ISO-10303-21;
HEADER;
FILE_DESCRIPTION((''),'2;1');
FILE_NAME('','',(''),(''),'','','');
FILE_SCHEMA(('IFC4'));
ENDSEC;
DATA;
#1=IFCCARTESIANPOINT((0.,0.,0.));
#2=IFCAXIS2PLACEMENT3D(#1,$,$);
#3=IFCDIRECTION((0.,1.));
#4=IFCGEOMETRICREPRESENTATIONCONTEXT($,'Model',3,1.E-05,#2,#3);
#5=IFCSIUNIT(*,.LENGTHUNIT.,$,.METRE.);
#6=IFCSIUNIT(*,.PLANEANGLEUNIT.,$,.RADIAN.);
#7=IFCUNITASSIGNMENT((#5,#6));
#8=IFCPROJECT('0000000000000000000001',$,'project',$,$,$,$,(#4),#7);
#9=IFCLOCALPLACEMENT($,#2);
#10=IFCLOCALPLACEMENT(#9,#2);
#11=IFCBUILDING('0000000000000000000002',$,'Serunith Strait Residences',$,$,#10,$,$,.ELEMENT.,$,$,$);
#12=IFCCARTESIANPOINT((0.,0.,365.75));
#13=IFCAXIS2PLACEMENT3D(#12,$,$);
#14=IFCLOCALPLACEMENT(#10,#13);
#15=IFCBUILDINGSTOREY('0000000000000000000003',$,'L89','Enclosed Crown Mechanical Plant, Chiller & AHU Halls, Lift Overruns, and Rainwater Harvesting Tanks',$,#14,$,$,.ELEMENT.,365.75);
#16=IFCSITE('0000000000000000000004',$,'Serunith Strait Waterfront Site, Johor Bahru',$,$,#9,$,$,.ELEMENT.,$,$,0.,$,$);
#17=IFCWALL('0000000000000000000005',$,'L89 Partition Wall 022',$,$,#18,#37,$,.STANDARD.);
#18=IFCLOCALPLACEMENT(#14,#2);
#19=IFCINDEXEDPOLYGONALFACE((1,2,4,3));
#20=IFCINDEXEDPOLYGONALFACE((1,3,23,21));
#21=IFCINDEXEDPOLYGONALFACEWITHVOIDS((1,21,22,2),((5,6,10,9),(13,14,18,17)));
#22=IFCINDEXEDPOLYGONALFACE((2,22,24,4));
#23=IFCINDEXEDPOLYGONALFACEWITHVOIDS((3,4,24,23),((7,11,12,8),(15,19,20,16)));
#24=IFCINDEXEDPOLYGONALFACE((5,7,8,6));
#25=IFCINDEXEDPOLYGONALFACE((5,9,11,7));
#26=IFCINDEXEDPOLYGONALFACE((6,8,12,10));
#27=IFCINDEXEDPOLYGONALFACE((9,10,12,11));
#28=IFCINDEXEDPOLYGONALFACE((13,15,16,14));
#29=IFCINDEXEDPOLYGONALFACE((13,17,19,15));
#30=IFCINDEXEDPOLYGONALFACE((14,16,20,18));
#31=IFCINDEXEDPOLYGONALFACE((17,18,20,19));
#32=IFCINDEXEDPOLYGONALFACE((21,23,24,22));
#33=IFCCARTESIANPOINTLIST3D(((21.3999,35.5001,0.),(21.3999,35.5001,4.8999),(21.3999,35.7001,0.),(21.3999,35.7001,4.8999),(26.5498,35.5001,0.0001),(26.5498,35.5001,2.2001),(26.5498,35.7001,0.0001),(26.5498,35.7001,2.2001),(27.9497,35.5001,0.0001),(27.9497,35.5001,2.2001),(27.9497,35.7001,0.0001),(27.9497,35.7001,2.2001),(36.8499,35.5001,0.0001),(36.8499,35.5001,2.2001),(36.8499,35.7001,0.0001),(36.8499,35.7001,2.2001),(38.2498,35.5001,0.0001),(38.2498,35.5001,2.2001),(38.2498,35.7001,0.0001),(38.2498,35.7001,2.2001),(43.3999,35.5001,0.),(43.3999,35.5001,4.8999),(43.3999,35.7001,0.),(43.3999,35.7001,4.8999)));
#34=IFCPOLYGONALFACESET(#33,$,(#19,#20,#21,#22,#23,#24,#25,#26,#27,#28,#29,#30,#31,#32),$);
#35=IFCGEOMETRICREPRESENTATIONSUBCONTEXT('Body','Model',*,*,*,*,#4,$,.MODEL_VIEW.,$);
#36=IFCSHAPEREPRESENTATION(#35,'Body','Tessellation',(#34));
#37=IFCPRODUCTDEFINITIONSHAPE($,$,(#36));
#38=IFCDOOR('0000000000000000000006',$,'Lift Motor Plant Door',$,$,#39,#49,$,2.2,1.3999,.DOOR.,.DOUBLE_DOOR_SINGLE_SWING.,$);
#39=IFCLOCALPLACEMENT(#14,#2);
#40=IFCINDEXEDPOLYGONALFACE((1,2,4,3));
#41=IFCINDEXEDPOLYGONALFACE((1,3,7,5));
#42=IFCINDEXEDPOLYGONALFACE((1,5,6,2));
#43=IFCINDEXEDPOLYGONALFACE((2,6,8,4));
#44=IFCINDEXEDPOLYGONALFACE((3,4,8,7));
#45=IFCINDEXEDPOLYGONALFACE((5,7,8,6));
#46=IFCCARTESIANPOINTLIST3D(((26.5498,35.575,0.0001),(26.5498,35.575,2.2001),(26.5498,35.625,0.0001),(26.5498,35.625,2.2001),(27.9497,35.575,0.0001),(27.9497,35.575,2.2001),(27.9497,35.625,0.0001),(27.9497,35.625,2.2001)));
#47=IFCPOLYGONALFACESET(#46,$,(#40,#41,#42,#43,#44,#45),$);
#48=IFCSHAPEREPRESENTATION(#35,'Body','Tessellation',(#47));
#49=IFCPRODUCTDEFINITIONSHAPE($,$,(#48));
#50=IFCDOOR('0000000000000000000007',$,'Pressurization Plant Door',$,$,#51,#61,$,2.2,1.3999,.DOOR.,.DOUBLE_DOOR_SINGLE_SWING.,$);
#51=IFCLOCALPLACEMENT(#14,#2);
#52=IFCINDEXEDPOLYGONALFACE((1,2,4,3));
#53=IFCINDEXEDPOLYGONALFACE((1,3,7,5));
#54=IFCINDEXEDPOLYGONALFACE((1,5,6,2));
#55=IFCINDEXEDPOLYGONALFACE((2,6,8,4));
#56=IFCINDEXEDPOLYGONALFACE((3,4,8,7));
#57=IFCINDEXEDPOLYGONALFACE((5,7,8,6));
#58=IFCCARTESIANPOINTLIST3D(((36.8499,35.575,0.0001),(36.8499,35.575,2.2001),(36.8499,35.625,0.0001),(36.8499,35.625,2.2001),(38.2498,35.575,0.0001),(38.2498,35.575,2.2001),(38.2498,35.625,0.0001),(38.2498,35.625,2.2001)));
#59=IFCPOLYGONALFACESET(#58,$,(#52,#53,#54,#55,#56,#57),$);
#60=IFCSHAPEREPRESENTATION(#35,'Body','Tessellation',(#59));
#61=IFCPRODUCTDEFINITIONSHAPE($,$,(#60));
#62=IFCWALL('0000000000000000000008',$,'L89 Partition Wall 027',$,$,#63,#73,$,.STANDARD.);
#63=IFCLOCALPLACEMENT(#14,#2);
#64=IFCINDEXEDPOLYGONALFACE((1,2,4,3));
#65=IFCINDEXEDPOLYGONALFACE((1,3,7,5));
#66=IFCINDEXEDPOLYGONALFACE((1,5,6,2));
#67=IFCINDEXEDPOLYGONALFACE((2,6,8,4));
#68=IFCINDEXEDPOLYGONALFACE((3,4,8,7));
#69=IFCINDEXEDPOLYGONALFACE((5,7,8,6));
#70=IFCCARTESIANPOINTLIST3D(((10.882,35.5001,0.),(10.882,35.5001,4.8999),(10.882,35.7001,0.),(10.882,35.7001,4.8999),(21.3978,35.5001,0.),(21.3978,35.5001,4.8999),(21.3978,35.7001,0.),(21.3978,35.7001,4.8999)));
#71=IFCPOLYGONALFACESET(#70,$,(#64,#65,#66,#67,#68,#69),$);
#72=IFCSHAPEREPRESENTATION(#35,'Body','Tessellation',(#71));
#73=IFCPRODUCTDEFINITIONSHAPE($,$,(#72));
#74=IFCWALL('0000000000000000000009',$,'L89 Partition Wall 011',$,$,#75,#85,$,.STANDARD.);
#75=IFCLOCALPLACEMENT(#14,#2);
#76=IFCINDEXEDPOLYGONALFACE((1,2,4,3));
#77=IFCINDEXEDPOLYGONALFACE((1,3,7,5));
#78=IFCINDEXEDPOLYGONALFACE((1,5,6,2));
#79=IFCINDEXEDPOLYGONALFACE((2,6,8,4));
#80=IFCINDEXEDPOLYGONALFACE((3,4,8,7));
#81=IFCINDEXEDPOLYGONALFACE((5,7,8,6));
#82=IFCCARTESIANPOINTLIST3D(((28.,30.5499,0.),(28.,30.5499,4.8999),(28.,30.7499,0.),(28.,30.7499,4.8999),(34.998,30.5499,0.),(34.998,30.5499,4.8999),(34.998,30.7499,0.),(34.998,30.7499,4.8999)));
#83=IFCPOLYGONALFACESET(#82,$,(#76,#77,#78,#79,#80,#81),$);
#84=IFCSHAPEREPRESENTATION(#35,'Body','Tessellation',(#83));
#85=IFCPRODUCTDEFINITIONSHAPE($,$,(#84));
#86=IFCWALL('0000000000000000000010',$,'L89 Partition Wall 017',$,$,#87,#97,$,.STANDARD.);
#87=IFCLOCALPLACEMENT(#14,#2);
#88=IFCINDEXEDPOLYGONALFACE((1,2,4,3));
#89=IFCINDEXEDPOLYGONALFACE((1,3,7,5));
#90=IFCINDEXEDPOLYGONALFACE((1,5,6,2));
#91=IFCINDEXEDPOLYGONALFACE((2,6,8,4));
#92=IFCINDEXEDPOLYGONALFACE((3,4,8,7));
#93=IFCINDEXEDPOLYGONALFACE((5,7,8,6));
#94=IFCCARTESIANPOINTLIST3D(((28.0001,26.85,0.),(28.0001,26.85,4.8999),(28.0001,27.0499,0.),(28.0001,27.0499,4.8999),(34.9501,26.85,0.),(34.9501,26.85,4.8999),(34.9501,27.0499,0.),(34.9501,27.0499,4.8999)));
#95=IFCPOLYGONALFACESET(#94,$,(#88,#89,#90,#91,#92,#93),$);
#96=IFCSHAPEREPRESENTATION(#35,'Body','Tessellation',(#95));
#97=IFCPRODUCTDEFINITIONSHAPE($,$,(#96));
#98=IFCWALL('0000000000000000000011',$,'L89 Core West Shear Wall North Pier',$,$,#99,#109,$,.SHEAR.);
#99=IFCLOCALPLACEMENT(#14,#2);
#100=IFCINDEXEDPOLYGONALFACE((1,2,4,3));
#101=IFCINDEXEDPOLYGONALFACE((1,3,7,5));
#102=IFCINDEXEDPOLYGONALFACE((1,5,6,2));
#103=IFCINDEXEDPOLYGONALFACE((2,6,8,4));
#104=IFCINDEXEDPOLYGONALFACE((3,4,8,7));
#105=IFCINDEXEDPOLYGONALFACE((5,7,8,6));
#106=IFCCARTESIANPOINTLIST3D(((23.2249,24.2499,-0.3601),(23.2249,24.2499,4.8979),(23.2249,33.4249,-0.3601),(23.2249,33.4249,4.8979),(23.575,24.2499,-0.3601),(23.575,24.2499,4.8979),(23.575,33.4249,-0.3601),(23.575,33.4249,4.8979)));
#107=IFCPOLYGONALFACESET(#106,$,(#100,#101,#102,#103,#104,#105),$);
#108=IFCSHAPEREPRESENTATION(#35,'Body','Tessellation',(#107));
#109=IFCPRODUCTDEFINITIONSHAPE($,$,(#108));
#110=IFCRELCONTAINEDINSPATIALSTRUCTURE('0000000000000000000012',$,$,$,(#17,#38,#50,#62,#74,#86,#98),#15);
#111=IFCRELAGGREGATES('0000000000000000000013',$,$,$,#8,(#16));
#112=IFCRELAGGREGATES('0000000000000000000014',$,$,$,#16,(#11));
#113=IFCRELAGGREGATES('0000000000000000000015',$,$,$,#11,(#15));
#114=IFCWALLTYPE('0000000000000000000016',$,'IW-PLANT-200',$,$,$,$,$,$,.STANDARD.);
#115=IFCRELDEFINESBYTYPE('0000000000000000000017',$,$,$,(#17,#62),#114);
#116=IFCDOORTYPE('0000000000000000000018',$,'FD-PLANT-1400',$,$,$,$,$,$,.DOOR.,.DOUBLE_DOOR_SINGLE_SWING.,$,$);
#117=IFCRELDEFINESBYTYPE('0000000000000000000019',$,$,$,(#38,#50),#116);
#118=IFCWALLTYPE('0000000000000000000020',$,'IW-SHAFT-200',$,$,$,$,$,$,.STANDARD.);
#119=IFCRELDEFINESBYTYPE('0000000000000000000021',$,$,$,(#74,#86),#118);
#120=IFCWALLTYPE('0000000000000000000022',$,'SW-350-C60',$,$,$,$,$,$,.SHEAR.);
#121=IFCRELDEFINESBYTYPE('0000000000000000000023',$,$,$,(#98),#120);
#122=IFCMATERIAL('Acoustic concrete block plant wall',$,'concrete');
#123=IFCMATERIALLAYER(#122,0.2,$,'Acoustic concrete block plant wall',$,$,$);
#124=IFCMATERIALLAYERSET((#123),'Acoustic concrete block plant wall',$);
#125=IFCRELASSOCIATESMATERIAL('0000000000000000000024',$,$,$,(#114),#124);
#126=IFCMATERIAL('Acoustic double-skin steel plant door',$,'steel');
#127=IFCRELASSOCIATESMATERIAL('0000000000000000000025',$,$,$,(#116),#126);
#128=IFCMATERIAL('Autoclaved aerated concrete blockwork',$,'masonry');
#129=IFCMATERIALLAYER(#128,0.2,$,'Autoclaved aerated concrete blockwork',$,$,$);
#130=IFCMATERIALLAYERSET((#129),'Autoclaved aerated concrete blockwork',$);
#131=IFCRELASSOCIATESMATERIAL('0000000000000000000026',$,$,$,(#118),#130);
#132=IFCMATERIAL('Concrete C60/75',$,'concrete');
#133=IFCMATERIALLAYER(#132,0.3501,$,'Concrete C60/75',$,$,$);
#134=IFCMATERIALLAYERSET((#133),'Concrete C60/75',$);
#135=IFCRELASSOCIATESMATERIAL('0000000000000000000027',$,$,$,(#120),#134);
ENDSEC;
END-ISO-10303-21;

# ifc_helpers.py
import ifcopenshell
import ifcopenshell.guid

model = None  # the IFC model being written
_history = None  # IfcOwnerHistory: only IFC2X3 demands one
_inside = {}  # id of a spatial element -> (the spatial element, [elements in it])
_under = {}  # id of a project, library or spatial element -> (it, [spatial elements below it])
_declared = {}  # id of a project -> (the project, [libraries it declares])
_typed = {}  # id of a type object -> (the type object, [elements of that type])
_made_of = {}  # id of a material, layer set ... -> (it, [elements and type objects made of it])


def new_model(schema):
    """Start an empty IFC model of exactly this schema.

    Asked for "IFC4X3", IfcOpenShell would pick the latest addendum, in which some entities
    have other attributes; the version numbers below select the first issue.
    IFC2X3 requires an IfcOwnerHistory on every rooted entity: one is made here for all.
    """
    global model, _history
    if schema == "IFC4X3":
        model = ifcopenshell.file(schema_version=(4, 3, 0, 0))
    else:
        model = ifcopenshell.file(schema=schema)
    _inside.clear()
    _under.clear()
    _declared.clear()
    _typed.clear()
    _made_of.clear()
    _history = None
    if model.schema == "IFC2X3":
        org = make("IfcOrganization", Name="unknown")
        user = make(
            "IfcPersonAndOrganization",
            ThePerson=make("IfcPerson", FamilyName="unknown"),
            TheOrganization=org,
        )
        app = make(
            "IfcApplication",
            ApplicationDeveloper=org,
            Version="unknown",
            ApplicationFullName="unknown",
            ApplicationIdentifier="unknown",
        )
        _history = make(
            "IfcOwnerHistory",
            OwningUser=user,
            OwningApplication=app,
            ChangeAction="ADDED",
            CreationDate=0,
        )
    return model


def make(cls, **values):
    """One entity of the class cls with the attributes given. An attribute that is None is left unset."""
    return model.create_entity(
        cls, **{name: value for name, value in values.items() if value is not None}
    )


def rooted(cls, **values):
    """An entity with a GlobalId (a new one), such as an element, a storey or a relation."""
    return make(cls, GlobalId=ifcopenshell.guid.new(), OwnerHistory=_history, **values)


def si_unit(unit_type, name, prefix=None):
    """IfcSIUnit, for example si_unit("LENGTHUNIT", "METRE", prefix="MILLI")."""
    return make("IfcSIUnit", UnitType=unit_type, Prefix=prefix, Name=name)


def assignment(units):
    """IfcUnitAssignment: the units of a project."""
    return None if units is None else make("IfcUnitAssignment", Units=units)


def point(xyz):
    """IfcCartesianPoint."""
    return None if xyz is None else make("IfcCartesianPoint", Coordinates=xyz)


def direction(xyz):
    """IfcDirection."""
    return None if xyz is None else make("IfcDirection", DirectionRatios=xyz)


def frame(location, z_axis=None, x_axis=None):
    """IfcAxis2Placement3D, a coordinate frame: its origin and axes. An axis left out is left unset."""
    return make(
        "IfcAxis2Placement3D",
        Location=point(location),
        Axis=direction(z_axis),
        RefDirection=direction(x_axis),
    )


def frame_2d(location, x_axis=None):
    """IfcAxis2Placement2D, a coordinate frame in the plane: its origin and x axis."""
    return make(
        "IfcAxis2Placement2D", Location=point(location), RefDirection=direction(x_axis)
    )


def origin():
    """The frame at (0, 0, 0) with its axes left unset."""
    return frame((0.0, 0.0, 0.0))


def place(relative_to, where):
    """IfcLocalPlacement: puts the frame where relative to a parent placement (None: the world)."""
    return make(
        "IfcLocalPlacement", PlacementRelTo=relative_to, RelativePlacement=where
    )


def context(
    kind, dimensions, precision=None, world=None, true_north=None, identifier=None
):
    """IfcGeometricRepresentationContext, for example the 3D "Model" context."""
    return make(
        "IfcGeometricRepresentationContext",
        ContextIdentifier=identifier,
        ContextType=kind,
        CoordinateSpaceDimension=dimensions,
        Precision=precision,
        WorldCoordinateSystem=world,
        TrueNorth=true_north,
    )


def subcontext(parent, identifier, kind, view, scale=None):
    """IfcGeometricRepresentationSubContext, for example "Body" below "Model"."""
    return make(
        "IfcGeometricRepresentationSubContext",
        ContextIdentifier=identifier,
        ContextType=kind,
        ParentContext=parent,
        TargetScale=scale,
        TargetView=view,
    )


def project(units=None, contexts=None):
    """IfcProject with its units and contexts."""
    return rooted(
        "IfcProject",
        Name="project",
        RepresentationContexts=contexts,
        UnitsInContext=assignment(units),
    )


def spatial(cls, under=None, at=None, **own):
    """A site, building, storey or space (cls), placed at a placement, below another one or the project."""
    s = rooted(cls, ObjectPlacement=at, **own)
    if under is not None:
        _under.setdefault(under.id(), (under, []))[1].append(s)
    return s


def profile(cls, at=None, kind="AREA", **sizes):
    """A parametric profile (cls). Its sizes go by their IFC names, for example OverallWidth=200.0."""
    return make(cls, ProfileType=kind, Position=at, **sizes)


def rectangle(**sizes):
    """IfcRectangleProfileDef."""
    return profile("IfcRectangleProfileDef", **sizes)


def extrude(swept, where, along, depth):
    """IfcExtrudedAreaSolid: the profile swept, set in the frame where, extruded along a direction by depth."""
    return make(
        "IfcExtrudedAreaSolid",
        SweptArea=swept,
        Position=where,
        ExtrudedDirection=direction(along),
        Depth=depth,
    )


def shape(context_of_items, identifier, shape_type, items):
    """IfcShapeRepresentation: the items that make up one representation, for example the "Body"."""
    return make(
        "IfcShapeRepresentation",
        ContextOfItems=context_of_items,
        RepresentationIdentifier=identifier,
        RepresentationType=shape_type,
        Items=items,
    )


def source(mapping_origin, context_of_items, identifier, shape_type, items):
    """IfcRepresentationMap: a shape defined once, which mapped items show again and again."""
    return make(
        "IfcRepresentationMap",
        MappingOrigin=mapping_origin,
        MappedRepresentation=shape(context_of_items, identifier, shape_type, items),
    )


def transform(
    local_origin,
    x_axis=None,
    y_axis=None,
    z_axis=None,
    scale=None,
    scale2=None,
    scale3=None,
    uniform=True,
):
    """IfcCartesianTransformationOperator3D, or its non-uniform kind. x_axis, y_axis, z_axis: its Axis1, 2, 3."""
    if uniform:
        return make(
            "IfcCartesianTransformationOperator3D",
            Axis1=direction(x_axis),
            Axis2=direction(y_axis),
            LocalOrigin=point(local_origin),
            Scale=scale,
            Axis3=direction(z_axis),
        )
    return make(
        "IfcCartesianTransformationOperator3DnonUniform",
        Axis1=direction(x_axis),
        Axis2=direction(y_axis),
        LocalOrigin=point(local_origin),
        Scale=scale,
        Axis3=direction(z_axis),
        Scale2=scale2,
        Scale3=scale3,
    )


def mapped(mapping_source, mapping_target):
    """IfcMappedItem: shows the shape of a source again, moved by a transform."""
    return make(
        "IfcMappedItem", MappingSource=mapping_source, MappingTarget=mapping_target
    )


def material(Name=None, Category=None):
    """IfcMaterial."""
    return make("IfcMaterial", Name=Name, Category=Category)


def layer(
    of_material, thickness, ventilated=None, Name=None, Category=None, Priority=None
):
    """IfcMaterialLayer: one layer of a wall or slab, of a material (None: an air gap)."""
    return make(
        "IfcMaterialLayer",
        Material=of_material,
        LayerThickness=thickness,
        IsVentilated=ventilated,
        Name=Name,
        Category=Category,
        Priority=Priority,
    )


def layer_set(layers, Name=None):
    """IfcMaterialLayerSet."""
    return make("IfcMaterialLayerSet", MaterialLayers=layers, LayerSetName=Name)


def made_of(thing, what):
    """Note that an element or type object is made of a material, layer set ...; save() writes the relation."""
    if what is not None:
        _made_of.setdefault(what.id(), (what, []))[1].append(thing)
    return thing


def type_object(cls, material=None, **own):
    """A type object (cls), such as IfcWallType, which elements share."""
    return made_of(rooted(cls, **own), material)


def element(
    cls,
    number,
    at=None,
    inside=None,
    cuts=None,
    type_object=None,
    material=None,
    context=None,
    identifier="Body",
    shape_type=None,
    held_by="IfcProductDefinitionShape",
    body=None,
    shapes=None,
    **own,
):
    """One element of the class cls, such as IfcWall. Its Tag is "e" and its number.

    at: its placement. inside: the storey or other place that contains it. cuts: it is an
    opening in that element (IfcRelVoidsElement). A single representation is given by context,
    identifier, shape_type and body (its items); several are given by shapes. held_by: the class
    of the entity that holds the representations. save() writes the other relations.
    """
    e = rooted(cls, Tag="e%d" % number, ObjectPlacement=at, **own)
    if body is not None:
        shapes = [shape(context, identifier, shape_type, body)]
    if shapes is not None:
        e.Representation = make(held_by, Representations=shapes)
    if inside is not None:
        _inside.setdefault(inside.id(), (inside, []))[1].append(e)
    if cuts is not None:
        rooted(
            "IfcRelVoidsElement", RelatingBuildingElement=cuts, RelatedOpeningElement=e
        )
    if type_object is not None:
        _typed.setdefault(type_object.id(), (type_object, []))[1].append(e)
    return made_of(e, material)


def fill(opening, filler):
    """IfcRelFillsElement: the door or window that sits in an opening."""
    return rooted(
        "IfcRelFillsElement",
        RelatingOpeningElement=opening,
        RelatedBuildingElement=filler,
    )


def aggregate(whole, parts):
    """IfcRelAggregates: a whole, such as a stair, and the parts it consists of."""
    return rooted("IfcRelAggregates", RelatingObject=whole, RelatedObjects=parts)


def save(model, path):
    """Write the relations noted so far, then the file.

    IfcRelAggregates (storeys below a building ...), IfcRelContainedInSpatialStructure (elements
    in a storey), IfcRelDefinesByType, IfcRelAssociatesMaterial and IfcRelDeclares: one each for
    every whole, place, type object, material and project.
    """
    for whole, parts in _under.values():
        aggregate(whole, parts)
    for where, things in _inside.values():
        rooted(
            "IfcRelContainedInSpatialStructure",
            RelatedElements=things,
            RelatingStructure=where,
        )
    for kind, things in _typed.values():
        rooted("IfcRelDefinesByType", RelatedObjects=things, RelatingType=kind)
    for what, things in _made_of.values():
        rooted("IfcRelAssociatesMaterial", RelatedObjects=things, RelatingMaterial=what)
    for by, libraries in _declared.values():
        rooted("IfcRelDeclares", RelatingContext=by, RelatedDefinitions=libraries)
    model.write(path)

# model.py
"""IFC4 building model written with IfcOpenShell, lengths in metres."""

from ifc_helpers import new_model, si_unit, direction, frame, frame_2d, origin, place, context, subcontext, project, spatial, rectangle, extrude, source, transform, mapped, material, layer, layer_set, type_object, element, fill, save


model = new_model("IFC4")

# Units and contexts
model_context = context("Model", 3, precision=1e-05, world=origin(), true_north=direction((0.0, 1.0)))
body_context = subcontext(model_context, "Body", "Model", "MODEL_VIEW")
ifc_project = project(units=[si_unit("LENGTHUNIT", "METRE"), si_unit("PLANEANGLEUNIT", "RADIAN")], contexts=[model_context])

# Site, building, storey
site_placement = place(None, origin())
site = spatial("IfcSite", under=ifc_project, at=site_placement, Name="Serunith Strait Waterfront Site, Johor Bahru", CompositionType="ELEMENT", RefElevation=0.0)
building_placement = place(site_placement, origin())
building = spatial("IfcBuilding", under=site, at=building_placement, Name="Serunith Strait Residences", CompositionType="ELEMENT")
storey_placement = place(building_placement, frame((0.0, 0.0, 365.75)))
storey = spatial("IfcBuildingStorey", under=building, at=storey_placement, Name="L89", Description="Enclosed Crown Mechanical Plant, Chiller & AHU Halls, Lift Overruns, and Rainwater Harvesting Tanks", CompositionType="ELEMENT", Elevation=365.75)

# Shared definitions
ifc_material_1 = material(Name="Concrete C60/75", Category="concrete")

# Wall, openings, doors
ifc_material_2 = material(Name="Acoustic concrete block plant wall", Category="concrete")
ifc_layer_1 = layer(ifc_material_2, 0.2, Name="Acoustic concrete block plant wall")
ifc_layer_set_1 = layer_set([ifc_layer_1], Name="Acoustic concrete block plant wall")
wall_type_1 = type_object("IfcWallType", Name="IW-PLANT-200", PredefinedType="STANDARD", material=ifc_layer_set_1)
wall_1_placement = place(storey_placement, frame((21.3999, 35.6001, 0.0), z_axis=(0.0, 0.0, 1.0), x_axis=(1.0, 0.0, 0.0)))
wall_1 = element("IfcWall", 1, at=wall_1_placement, inside=storey, type_object=wall_type_1, Name="L89 Partition Wall 022", PredefinedType="STANDARD", context=body_context, shape_type="SweptSolid", body=[
    extrude(rectangle(XDim=22.0, YDim=0.2, at=frame_2d((11.0, 0.0))), origin(), (0.0, 0.0, 1.0), 4.8999),
])
opening_1_placement = place(wall_1_placement, frame((5.1499, 0.0, 0.0)))
opening_1 = element("IfcOpeningElement", 2, at=opening_1_placement, cuts=wall_1, PredefinedType="OPENING", context=body_context, shape_type="SweptSolid", body=[
    extrude(rectangle(XDim=1.3999, YDim=2.2, at=frame_2d((0.7, 1.1001))), frame((0.0, 0.1099, 0.0), z_axis=(0.0, -1.0, 0.0), x_axis=(1.0, 0.0, 0.0)), (0.0, 0.0, 1.0), 0.22),
])
opening_2_placement = place(wall_1_placement, frame((15.45, 0.0, 0.0)))
opening_2 = element("IfcOpeningElement", 3, at=opening_2_placement, cuts=wall_1, PredefinedType="OPENING", context=body_context, shape_type="SweptSolid", body=[
    extrude(rectangle(XDim=1.3999, YDim=2.2, at=frame_2d((0.7, 1.1001))), frame((0.0, 0.1099, 0.0), z_axis=(0.0, -1.0, 0.0), x_axis=(1.0, 0.0, 0.0)), (0.0, 0.0, 1.0), 0.22),
])
ifc_material_3 = material(Name="Acoustic double-skin steel plant door", Category="steel")
door_type_1 = type_object("IfcDoorType", Name="FD-PLANT-1400", OperationType="DOUBLE_DOOR_SINGLE_SWING", PredefinedType="DOOR", material=ifc_material_3)
shared_shape_1 = source(origin(), body_context, "Body", "SweptSolid", [
    extrude(rectangle(XDim=1.3999, YDim=2.2, at=frame_2d((0.7, 1.1001))), frame((0.0, 0.0249, 0.0), z_axis=(0.0, -1.0, 0.0), x_axis=(1.0, 0.0, 0.0)), (0.0, 0.0, 1.0), 0.05),
])
door_1_placement = place(opening_1_placement, origin())
door_1 = element("IfcDoor", 4, at=door_1_placement, inside=storey, type_object=door_type_1, Name="Lift Motor Plant Door", OperationType="DOUBLE_DOOR_SINGLE_SWING", OverallHeight=2.2, OverallWidth=1.3999, PredefinedType="DOOR", context=body_context, shape_type="MappedRepresentation", body=[
    mapped(shared_shape_1, transform((0.0, 0.0, 0.0), scale=1.0)),
])
fill(opening_1, door_1)
door_2_placement = place(opening_2_placement, origin())
door_2 = element("IfcDoor", 5, at=door_2_placement, inside=storey, type_object=door_type_1, Name="Pressurization Plant Door", OperationType="DOUBLE_DOOR_SINGLE_SWING", OverallHeight=2.2, OverallWidth=1.3999, PredefinedType="DOOR", context=body_context, shape_type="MappedRepresentation", body=[
    mapped(shared_shape_1, transform((0.0, 0.0, 0.0), scale=1.0)),
])
fill(opening_2, door_2)

# Wall
wall_2_placement = place(storey_placement, frame((10.8821, 35.6001, 0.0), z_axis=(0.0, 0.0, 1.0), x_axis=(1.0, 0.0, 0.0)))
element("IfcWall", 6, at=wall_2_placement, inside=storey, type_object=wall_type_1, Name="L89 Partition Wall 027", PredefinedType="STANDARD", context=body_context, shape_type="SweptSolid", body=[
    extrude(rectangle(XDim=10.5159, YDim=0.2, at=frame_2d((5.2578, 0.0))), origin(), (0.0, 0.0, 1.0), 4.8999),
])

# Shared definitions
ifc_material_4 = material(Name="Autoclaved aerated concrete blockwork", Category="masonry")
ifc_layer_2 = layer(ifc_material_4, 0.2, Name="Autoclaved aerated concrete blockwork")
ifc_layer_set_2 = layer_set([ifc_layer_2], Name="Autoclaved aerated concrete blockwork")
wall_type_2 = type_object("IfcWallType", Name="IW-SHAFT-200", PredefinedType="STANDARD", material=ifc_layer_set_2)

# Walls
wall_3_placement = place(storey_placement, frame((28.0, 30.6499, 0.0), z_axis=(0.0, 0.0, 1.0), x_axis=(1.0, 0.0, 0.0)))
element("IfcWall", 7, at=wall_3_placement, inside=storey, type_object=wall_type_2, Name="L89 Partition Wall 011", PredefinedType="STANDARD", context=body_context, shape_type="SweptSolid", body=[
    extrude(rectangle(XDim=6.998, YDim=0.2, at=frame_2d((3.499, 0.0))), origin(), (0.0, 0.0, 1.0), 4.8999),
])
wall_4_placement = place(storey_placement, frame((28.0, 26.95, 0.0), z_axis=(0.0, 0.0, 1.0), x_axis=(1.0, 0.0, 0.0)))
element("IfcWall", 8, at=wall_4_placement, inside=storey, type_object=wall_type_2, Name="L89 Partition Wall 017", PredefinedType="STANDARD", context=body_context, shape_type="SweptSolid", body=[
    extrude(rectangle(XDim=6.95, YDim=0.2, at=frame_2d((3.4751, 0.0))), origin(), (0.0, 0.0, 1.0), 4.8999),
])
ifc_layer_3 = layer(ifc_material_1, 0.3501, Name="Concrete C60/75")
ifc_layer_set_3 = layer_set([ifc_layer_3], Name="Concrete C60/75")
wall_type_3 = type_object("IfcWallType", Name="SW-350-C60", PredefinedType="SHEAR", material=ifc_layer_set_3)
wall_5_placement = place(storey_placement, frame((23.3999, 24.25, -0.3601), z_axis=(0.0, 0.0, 1.0), x_axis=(0.0, 1.0, 0.0)))
element("IfcWall", 9, at=wall_5_placement, inside=storey, type_object=wall_type_3, Name="L89 Core West Shear Wall North Pier", PredefinedType="SHEAR", context=body_context, shape_type="SweptSolid", body=[
    extrude(rectangle(XDim=9.175, YDim=0.3501, at=frame_2d((4.5874, 0.0))), origin(), (0.0, 0.0, 1.0), 5.2581),
])

save(model, "model.ifc")
